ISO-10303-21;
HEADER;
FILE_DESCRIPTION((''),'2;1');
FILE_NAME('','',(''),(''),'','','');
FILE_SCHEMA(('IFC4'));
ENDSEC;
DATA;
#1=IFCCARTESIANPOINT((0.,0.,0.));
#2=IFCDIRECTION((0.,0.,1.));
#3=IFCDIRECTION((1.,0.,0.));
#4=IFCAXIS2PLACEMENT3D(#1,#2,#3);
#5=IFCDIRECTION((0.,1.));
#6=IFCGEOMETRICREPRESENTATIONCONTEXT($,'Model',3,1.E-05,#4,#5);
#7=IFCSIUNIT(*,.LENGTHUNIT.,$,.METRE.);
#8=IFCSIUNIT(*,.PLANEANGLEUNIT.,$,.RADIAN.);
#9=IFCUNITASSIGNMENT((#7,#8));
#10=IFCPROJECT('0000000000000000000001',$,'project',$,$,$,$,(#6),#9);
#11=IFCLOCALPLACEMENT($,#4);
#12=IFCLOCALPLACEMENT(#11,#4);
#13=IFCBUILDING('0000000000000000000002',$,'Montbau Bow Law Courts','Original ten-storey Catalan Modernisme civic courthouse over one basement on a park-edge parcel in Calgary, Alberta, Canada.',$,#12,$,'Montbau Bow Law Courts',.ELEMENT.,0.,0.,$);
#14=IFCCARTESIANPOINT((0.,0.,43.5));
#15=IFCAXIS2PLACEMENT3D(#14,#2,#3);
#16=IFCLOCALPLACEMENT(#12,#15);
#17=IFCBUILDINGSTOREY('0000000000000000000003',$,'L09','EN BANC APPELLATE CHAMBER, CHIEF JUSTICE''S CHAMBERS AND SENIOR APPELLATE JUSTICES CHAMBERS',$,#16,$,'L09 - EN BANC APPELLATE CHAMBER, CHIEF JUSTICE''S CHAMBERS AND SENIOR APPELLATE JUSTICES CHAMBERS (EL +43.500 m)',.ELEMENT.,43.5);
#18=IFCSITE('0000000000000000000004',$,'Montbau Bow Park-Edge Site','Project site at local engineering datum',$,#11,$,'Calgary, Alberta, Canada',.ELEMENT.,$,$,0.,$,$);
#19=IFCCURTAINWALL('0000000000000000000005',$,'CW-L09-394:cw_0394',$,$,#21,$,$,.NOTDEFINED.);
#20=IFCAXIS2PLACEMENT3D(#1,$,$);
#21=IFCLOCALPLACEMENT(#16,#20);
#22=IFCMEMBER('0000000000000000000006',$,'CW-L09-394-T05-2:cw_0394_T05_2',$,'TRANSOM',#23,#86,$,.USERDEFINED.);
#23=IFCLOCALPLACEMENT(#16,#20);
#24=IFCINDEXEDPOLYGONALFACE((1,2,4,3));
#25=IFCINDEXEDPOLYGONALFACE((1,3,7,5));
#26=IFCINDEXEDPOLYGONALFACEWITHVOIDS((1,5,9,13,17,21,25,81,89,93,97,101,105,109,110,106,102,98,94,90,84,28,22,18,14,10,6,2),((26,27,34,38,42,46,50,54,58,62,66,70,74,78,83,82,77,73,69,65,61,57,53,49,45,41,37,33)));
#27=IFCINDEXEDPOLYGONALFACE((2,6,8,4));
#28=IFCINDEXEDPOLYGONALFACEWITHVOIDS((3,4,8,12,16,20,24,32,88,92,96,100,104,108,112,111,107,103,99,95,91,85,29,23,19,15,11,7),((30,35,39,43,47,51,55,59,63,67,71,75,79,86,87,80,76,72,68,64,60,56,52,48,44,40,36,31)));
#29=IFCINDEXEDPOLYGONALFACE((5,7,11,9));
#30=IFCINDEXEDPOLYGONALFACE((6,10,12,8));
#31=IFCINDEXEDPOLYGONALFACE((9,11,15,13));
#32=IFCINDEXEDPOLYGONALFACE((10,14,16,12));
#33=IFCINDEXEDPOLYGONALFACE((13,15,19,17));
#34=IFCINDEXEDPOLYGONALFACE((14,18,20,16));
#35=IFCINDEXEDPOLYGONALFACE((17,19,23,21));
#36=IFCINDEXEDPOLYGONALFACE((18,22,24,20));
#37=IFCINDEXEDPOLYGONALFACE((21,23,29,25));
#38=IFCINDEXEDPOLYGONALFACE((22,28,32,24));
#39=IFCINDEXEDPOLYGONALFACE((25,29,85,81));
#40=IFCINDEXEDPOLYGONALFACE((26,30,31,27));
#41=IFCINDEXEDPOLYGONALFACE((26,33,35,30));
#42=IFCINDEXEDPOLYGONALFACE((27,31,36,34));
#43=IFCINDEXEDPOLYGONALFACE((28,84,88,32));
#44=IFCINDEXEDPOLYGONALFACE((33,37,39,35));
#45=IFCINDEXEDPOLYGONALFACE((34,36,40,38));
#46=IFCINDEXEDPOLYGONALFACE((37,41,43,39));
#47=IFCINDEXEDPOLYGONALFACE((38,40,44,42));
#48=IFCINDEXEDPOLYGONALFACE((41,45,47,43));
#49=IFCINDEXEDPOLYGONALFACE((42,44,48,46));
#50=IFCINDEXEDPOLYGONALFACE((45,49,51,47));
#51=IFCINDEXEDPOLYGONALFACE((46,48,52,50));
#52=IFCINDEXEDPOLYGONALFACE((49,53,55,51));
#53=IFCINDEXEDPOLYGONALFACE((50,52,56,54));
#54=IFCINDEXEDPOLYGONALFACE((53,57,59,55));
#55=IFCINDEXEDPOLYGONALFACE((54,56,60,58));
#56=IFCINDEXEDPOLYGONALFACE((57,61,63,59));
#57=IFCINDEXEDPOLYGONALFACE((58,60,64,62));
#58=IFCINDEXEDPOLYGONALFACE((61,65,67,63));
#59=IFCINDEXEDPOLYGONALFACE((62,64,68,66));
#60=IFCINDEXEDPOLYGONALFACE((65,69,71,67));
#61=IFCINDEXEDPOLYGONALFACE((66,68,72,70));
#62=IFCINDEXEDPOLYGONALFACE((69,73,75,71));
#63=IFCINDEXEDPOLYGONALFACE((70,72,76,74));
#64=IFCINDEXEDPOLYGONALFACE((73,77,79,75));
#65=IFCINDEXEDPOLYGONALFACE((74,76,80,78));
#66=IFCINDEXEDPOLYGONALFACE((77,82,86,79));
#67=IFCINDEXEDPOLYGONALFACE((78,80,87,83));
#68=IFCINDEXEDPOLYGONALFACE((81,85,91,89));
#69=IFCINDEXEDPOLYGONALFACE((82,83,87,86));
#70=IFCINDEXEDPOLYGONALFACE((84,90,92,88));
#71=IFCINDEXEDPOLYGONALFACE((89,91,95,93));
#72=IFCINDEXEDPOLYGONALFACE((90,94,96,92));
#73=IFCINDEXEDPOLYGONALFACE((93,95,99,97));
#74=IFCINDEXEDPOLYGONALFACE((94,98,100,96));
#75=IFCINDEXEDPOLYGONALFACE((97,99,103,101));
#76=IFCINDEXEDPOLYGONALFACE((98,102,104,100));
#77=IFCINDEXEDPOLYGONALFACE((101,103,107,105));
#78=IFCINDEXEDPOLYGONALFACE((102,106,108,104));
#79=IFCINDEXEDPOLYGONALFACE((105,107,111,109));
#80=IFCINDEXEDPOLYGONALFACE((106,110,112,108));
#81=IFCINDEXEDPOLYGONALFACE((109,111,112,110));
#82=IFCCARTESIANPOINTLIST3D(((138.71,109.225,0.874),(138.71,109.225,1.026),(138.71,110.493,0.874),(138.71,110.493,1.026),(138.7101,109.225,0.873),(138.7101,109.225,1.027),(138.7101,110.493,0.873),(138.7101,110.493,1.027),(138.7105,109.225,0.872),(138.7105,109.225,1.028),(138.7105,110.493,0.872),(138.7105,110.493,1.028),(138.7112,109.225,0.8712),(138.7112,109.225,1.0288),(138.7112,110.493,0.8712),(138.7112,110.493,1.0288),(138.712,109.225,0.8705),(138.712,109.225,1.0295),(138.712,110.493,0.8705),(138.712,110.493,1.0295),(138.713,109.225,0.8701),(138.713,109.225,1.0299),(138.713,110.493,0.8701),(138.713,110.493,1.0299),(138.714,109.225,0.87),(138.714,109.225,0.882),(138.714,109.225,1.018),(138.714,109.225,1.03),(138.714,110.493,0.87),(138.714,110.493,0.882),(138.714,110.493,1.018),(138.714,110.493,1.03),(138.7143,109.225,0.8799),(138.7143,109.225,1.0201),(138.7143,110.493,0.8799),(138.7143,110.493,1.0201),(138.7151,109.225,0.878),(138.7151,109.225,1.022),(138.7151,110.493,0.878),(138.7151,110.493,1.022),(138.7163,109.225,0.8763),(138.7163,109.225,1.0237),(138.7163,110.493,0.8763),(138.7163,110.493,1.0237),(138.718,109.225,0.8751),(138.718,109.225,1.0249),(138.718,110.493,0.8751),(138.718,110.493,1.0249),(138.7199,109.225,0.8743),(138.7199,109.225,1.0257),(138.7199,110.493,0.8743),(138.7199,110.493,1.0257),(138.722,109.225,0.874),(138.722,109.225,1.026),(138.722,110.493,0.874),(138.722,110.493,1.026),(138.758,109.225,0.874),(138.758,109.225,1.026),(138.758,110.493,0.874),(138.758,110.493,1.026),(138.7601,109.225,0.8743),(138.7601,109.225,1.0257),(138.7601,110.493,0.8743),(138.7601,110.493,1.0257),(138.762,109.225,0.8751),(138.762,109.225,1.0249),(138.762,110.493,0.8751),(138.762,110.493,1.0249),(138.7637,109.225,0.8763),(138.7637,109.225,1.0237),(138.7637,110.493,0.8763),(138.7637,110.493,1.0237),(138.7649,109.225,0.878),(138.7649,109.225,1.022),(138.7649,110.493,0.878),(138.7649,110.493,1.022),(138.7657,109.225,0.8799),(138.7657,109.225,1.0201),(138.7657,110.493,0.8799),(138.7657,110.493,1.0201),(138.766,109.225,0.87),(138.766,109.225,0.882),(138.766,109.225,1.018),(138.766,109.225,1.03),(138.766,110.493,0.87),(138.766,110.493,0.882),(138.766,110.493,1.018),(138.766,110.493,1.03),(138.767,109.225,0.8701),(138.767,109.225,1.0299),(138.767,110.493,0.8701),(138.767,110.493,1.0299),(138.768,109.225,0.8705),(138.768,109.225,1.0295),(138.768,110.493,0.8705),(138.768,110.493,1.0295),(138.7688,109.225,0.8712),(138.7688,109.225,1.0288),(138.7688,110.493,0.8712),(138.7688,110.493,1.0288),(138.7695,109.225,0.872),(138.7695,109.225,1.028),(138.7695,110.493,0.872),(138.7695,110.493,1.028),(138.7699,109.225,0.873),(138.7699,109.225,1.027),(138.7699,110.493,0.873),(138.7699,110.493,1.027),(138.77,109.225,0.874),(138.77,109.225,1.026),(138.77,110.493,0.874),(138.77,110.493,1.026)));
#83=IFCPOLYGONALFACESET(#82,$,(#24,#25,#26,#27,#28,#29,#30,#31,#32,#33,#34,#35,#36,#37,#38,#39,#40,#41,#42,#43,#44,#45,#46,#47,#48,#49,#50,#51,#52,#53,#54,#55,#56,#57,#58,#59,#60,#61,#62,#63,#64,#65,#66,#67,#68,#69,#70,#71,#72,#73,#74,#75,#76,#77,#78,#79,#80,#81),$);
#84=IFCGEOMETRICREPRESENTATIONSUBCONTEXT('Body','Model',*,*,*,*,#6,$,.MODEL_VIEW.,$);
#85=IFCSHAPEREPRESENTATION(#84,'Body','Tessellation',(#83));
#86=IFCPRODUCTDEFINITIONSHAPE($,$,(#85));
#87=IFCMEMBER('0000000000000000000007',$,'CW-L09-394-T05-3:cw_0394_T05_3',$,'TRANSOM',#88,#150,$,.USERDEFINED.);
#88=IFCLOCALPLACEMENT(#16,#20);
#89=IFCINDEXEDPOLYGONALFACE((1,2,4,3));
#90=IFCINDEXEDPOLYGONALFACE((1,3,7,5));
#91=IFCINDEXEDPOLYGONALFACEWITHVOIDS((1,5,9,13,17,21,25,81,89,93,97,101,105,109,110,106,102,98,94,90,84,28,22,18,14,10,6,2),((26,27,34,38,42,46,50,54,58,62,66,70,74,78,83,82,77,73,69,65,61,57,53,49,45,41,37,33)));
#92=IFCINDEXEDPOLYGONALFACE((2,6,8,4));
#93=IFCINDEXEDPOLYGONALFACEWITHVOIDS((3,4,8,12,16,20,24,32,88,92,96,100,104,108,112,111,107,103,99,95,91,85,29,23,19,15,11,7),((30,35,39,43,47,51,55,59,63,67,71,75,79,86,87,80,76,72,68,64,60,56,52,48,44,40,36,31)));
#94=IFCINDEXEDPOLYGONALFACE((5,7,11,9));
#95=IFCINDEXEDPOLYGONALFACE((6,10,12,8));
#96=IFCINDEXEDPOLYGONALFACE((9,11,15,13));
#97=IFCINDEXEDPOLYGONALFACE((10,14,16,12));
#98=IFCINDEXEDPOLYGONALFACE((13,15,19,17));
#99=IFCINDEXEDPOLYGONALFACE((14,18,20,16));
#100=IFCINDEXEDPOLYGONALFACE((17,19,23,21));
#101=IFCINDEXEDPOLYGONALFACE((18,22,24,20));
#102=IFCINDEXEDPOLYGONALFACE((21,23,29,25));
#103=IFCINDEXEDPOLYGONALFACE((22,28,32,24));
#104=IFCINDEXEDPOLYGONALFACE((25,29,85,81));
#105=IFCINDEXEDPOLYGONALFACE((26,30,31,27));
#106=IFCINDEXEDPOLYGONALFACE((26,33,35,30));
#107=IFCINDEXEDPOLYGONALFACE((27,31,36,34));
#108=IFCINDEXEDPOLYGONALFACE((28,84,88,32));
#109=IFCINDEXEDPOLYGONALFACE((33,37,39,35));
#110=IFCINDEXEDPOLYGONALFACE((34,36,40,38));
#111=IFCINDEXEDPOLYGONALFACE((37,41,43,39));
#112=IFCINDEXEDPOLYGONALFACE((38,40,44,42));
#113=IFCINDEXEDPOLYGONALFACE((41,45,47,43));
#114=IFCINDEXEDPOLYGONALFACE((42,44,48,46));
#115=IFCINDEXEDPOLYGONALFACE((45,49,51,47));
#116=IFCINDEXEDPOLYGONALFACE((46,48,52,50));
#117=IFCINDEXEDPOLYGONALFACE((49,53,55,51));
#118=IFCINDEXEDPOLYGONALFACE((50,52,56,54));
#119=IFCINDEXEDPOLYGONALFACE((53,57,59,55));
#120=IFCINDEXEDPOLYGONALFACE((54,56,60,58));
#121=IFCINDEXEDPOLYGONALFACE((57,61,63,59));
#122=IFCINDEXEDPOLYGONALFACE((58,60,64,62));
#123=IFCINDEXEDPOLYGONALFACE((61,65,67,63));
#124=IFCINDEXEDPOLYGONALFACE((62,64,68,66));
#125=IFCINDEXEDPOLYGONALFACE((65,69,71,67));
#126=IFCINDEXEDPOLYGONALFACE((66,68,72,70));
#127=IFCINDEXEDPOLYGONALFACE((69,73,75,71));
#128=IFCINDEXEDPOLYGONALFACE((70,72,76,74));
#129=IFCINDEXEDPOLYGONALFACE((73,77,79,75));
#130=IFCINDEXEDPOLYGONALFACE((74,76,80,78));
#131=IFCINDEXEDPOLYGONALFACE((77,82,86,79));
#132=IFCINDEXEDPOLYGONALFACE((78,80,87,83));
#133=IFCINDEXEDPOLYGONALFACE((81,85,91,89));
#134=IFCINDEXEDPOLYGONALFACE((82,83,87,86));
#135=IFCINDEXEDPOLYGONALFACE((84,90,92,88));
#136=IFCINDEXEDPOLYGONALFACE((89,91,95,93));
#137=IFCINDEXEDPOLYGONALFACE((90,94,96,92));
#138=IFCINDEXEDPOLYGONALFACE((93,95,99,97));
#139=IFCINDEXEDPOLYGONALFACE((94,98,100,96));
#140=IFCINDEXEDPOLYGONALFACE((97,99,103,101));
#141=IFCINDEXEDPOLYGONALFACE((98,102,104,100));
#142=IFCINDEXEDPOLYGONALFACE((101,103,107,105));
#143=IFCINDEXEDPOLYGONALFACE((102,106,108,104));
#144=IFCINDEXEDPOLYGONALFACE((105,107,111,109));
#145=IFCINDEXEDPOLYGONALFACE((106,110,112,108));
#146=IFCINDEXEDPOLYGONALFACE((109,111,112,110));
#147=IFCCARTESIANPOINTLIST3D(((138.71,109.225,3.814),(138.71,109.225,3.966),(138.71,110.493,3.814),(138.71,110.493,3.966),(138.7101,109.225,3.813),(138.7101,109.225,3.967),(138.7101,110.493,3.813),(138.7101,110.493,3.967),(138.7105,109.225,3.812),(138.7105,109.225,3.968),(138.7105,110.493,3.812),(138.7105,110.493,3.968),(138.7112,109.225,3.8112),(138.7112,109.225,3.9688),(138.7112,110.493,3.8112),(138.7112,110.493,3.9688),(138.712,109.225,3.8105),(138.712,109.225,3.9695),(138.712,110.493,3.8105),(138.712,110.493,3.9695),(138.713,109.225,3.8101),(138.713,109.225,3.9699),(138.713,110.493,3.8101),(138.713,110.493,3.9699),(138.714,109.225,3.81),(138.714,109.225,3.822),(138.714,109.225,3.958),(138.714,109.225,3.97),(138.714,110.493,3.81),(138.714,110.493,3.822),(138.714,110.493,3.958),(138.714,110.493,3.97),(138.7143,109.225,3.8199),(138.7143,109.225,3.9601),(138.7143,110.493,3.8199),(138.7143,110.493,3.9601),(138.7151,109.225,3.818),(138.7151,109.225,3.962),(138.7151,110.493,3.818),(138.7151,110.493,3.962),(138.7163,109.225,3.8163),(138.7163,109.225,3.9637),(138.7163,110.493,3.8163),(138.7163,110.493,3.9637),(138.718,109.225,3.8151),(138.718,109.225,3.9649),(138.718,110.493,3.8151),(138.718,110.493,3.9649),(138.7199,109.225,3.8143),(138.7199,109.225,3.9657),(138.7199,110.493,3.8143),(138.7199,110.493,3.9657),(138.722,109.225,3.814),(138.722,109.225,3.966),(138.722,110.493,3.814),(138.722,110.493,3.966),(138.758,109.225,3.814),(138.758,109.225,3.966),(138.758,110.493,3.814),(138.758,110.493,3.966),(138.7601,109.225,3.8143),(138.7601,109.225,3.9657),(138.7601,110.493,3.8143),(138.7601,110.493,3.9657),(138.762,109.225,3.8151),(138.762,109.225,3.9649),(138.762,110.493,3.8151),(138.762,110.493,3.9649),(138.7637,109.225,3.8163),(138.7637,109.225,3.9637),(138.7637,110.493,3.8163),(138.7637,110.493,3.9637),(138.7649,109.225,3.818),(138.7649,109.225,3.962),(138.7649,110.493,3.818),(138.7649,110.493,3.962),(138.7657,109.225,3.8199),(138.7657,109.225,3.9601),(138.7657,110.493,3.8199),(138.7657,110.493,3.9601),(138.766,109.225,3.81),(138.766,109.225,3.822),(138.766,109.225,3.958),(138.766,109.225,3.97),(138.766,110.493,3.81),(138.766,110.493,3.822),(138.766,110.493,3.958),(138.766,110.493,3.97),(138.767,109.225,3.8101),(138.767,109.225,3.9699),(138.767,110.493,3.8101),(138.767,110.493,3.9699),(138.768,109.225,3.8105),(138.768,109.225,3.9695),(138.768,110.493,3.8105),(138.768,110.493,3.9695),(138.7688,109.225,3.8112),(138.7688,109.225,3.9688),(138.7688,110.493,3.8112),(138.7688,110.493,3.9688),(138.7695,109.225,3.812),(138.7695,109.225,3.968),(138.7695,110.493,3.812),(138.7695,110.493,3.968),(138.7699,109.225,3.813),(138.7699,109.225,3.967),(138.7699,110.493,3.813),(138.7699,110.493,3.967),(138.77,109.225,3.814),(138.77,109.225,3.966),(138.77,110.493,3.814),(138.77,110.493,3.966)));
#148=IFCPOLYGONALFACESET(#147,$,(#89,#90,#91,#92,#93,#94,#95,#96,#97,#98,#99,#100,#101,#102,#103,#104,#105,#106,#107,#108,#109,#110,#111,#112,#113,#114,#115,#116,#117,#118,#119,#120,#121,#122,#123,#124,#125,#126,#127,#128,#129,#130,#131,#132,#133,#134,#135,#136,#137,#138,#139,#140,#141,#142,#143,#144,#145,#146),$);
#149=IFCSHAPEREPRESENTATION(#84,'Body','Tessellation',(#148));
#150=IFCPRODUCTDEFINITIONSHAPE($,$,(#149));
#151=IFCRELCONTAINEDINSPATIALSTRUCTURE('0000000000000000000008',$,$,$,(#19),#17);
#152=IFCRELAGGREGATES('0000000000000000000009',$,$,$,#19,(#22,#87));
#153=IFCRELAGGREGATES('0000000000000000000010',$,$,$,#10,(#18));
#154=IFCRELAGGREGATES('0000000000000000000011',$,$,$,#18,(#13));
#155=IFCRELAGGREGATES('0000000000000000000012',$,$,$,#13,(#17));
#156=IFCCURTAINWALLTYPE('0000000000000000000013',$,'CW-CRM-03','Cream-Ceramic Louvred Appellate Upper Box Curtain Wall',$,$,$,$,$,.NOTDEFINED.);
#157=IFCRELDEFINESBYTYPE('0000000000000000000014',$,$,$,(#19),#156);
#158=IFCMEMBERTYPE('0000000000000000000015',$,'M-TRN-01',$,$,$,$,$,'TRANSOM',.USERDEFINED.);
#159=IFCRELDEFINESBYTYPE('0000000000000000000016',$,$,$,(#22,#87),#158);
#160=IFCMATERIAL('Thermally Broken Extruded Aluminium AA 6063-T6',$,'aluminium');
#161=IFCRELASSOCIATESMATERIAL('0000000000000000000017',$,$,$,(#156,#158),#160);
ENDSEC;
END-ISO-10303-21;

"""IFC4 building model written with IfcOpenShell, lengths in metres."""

from ifc_helpers import new_model, si_unit, direction, frame, origin_with_axes, origin_2d_with_axis, place, context, subcontext, project, spatial, hollow_rectangle, extrude, material, material_profile, profile_set, type_object, element, aggregate, save


model = new_model("IFC4")

# Units and contexts
model_context = context("Model", 3, precision=1e-05, world=origin_with_axes(), true_north=direction((0.0, 1.0)))
body_context = subcontext(model_context, "Body", "Model", "MODEL_VIEW")
ifc_project = project(units=[si_unit("LENGTHUNIT", "METRE"), si_unit("PLANEANGLEUNIT", "RADIAN")], contexts=[model_context])

# Site, building, storey
site_placement = place(None, origin_with_axes())
site = spatial("IfcSite", under=ifc_project, at=site_placement, Name="Montbau Bow Park-Edge Site", Description="Project site at local engineering datum", LongName="Calgary, Alberta, Canada", CompositionType="ELEMENT", RefElevation=0.0)
building_placement = place(site_placement, origin_with_axes())
building = spatial("IfcBuilding", under=site, at=building_placement, Name="Montbau Bow Law Courts", Description="Original ten-storey Catalan Modernisme civic courthouse over one basement on a park-edge parcel in Calgary, Alberta, Canada.", LongName="Montbau Bow Law Courts", CompositionType="ELEMENT", ElevationOfRefHeight=0.0, ElevationOfTerrain=0.0)
storey_placement = place(building_placement, frame((0.0, 0.0, 43.5), z_axis=(0.0, 0.0, 1.0), x_axis=(1.0, 0.0, 0.0)))
storey = spatial("IfcBuildingStorey", under=building, at=storey_placement, Name="L09", Description="EN BANC APPELLATE CHAMBER, CHIEF JUSTICE'S CHAMBERS AND SENIOR APPELLATE JUSTICES CHAMBERS", LongName="L09 - EN BANC APPELLATE CHAMBER, CHIEF JUSTICE'S CHAMBERS AND SENIOR APPELLATE JUSTICES CHAMBERS (EL +43.500 m)", CompositionType="ELEMENT", Elevation=43.5)

# Curtain wall
ifc_material_1 = material(Name="Thermally Broken Extruded Aluminium AA 6063-T6", Category="aluminium")
curtain_wall_type = type_object("IfcCurtainWallType", Name="CW-CRM-03", Description="Cream-Ceramic Louvred Appellate Upper Box Curtain Wall", PredefinedType="NOTDEFINED", material=ifc_material_1)
curtain_wall_1_placement = place(None, frame((138.74, 103.715, 43.5), z_axis=(0.0, 0.0, 1.0), x_axis=(1.0, 0.0, 0.0)))
curtain_wall_1 = element("IfcCurtainWall", 1, at=curtain_wall_1_placement, inside=storey, type_object=curtain_wall_type, Name="CW-L09-394:cw_0394", PredefinedType="NOTDEFINED")

# Members
ifc_material_profile_1 = material_profile(ifc_material_1, hollow_rectangle(XDim=0.06, YDim=0.16, WallThickness=0.004, InnerFilletRadius=0.008, OuterFilletRadius=0.004, at=origin_2d_with_axis()), Name="CWT-160X60", Category="Main", Priority=0)
ifc_profile_set_1 = profile_set([ifc_material_profile_1], Name="Thermally Broken Extruded Aluminium AA 6063-T6")
member_type_1 = type_object("IfcMemberType", Name="M-TRN-01", ElementType="TRANSOM", PredefinedType="USERDEFINED", material=ifc_profile_set_1)
member_1_placement = place(None, frame((138.74, 109.225, 44.45), z_axis=(0.0, 1.0, 0.0), x_axis=(-1.0, 0.0, 0.0)))
member_1 = element("IfcMember", 2, at=member_1_placement, type_object=member_type_1, Name="CW-L09-394-T05-2:cw_0394_T05_2", ObjectType="TRANSOM", PredefinedType="USERDEFINED", context=body_context, shape_type="SweptSolid", body=[
    extrude(hollow_rectangle(XDim=0.06, YDim=0.16, WallThickness=0.004, InnerFilletRadius=0.008, OuterFilletRadius=0.004, at=origin_2d_with_axis()), origin_with_axes(), (0.0, 0.0, 1.0), 1.268),
])
member_2_placement = place(None, frame((138.74, 109.225, 47.39), z_axis=(0.0, 1.0, 0.0), x_axis=(-1.0, 0.0, 0.0)))
member_2 = element("IfcMember", 3, at=member_2_placement, type_object=member_type_1, Name="CW-L09-394-T05-3:cw_0394_T05_3", ObjectType="TRANSOM", PredefinedType="USERDEFINED", context=body_context, shape_type="SweptSolid", body=[
    extrude(hollow_rectangle(XDim=0.06, YDim=0.16, WallThickness=0.004, InnerFilletRadius=0.008, OuterFilletRadius=0.004, at=origin_2d_with_axis()), origin_with_axes(), (0.0, 0.0, 1.0), 1.268),
])

aggregate(curtain_wall_1, [member_1, member_2])

save(model, "model.ifc")
